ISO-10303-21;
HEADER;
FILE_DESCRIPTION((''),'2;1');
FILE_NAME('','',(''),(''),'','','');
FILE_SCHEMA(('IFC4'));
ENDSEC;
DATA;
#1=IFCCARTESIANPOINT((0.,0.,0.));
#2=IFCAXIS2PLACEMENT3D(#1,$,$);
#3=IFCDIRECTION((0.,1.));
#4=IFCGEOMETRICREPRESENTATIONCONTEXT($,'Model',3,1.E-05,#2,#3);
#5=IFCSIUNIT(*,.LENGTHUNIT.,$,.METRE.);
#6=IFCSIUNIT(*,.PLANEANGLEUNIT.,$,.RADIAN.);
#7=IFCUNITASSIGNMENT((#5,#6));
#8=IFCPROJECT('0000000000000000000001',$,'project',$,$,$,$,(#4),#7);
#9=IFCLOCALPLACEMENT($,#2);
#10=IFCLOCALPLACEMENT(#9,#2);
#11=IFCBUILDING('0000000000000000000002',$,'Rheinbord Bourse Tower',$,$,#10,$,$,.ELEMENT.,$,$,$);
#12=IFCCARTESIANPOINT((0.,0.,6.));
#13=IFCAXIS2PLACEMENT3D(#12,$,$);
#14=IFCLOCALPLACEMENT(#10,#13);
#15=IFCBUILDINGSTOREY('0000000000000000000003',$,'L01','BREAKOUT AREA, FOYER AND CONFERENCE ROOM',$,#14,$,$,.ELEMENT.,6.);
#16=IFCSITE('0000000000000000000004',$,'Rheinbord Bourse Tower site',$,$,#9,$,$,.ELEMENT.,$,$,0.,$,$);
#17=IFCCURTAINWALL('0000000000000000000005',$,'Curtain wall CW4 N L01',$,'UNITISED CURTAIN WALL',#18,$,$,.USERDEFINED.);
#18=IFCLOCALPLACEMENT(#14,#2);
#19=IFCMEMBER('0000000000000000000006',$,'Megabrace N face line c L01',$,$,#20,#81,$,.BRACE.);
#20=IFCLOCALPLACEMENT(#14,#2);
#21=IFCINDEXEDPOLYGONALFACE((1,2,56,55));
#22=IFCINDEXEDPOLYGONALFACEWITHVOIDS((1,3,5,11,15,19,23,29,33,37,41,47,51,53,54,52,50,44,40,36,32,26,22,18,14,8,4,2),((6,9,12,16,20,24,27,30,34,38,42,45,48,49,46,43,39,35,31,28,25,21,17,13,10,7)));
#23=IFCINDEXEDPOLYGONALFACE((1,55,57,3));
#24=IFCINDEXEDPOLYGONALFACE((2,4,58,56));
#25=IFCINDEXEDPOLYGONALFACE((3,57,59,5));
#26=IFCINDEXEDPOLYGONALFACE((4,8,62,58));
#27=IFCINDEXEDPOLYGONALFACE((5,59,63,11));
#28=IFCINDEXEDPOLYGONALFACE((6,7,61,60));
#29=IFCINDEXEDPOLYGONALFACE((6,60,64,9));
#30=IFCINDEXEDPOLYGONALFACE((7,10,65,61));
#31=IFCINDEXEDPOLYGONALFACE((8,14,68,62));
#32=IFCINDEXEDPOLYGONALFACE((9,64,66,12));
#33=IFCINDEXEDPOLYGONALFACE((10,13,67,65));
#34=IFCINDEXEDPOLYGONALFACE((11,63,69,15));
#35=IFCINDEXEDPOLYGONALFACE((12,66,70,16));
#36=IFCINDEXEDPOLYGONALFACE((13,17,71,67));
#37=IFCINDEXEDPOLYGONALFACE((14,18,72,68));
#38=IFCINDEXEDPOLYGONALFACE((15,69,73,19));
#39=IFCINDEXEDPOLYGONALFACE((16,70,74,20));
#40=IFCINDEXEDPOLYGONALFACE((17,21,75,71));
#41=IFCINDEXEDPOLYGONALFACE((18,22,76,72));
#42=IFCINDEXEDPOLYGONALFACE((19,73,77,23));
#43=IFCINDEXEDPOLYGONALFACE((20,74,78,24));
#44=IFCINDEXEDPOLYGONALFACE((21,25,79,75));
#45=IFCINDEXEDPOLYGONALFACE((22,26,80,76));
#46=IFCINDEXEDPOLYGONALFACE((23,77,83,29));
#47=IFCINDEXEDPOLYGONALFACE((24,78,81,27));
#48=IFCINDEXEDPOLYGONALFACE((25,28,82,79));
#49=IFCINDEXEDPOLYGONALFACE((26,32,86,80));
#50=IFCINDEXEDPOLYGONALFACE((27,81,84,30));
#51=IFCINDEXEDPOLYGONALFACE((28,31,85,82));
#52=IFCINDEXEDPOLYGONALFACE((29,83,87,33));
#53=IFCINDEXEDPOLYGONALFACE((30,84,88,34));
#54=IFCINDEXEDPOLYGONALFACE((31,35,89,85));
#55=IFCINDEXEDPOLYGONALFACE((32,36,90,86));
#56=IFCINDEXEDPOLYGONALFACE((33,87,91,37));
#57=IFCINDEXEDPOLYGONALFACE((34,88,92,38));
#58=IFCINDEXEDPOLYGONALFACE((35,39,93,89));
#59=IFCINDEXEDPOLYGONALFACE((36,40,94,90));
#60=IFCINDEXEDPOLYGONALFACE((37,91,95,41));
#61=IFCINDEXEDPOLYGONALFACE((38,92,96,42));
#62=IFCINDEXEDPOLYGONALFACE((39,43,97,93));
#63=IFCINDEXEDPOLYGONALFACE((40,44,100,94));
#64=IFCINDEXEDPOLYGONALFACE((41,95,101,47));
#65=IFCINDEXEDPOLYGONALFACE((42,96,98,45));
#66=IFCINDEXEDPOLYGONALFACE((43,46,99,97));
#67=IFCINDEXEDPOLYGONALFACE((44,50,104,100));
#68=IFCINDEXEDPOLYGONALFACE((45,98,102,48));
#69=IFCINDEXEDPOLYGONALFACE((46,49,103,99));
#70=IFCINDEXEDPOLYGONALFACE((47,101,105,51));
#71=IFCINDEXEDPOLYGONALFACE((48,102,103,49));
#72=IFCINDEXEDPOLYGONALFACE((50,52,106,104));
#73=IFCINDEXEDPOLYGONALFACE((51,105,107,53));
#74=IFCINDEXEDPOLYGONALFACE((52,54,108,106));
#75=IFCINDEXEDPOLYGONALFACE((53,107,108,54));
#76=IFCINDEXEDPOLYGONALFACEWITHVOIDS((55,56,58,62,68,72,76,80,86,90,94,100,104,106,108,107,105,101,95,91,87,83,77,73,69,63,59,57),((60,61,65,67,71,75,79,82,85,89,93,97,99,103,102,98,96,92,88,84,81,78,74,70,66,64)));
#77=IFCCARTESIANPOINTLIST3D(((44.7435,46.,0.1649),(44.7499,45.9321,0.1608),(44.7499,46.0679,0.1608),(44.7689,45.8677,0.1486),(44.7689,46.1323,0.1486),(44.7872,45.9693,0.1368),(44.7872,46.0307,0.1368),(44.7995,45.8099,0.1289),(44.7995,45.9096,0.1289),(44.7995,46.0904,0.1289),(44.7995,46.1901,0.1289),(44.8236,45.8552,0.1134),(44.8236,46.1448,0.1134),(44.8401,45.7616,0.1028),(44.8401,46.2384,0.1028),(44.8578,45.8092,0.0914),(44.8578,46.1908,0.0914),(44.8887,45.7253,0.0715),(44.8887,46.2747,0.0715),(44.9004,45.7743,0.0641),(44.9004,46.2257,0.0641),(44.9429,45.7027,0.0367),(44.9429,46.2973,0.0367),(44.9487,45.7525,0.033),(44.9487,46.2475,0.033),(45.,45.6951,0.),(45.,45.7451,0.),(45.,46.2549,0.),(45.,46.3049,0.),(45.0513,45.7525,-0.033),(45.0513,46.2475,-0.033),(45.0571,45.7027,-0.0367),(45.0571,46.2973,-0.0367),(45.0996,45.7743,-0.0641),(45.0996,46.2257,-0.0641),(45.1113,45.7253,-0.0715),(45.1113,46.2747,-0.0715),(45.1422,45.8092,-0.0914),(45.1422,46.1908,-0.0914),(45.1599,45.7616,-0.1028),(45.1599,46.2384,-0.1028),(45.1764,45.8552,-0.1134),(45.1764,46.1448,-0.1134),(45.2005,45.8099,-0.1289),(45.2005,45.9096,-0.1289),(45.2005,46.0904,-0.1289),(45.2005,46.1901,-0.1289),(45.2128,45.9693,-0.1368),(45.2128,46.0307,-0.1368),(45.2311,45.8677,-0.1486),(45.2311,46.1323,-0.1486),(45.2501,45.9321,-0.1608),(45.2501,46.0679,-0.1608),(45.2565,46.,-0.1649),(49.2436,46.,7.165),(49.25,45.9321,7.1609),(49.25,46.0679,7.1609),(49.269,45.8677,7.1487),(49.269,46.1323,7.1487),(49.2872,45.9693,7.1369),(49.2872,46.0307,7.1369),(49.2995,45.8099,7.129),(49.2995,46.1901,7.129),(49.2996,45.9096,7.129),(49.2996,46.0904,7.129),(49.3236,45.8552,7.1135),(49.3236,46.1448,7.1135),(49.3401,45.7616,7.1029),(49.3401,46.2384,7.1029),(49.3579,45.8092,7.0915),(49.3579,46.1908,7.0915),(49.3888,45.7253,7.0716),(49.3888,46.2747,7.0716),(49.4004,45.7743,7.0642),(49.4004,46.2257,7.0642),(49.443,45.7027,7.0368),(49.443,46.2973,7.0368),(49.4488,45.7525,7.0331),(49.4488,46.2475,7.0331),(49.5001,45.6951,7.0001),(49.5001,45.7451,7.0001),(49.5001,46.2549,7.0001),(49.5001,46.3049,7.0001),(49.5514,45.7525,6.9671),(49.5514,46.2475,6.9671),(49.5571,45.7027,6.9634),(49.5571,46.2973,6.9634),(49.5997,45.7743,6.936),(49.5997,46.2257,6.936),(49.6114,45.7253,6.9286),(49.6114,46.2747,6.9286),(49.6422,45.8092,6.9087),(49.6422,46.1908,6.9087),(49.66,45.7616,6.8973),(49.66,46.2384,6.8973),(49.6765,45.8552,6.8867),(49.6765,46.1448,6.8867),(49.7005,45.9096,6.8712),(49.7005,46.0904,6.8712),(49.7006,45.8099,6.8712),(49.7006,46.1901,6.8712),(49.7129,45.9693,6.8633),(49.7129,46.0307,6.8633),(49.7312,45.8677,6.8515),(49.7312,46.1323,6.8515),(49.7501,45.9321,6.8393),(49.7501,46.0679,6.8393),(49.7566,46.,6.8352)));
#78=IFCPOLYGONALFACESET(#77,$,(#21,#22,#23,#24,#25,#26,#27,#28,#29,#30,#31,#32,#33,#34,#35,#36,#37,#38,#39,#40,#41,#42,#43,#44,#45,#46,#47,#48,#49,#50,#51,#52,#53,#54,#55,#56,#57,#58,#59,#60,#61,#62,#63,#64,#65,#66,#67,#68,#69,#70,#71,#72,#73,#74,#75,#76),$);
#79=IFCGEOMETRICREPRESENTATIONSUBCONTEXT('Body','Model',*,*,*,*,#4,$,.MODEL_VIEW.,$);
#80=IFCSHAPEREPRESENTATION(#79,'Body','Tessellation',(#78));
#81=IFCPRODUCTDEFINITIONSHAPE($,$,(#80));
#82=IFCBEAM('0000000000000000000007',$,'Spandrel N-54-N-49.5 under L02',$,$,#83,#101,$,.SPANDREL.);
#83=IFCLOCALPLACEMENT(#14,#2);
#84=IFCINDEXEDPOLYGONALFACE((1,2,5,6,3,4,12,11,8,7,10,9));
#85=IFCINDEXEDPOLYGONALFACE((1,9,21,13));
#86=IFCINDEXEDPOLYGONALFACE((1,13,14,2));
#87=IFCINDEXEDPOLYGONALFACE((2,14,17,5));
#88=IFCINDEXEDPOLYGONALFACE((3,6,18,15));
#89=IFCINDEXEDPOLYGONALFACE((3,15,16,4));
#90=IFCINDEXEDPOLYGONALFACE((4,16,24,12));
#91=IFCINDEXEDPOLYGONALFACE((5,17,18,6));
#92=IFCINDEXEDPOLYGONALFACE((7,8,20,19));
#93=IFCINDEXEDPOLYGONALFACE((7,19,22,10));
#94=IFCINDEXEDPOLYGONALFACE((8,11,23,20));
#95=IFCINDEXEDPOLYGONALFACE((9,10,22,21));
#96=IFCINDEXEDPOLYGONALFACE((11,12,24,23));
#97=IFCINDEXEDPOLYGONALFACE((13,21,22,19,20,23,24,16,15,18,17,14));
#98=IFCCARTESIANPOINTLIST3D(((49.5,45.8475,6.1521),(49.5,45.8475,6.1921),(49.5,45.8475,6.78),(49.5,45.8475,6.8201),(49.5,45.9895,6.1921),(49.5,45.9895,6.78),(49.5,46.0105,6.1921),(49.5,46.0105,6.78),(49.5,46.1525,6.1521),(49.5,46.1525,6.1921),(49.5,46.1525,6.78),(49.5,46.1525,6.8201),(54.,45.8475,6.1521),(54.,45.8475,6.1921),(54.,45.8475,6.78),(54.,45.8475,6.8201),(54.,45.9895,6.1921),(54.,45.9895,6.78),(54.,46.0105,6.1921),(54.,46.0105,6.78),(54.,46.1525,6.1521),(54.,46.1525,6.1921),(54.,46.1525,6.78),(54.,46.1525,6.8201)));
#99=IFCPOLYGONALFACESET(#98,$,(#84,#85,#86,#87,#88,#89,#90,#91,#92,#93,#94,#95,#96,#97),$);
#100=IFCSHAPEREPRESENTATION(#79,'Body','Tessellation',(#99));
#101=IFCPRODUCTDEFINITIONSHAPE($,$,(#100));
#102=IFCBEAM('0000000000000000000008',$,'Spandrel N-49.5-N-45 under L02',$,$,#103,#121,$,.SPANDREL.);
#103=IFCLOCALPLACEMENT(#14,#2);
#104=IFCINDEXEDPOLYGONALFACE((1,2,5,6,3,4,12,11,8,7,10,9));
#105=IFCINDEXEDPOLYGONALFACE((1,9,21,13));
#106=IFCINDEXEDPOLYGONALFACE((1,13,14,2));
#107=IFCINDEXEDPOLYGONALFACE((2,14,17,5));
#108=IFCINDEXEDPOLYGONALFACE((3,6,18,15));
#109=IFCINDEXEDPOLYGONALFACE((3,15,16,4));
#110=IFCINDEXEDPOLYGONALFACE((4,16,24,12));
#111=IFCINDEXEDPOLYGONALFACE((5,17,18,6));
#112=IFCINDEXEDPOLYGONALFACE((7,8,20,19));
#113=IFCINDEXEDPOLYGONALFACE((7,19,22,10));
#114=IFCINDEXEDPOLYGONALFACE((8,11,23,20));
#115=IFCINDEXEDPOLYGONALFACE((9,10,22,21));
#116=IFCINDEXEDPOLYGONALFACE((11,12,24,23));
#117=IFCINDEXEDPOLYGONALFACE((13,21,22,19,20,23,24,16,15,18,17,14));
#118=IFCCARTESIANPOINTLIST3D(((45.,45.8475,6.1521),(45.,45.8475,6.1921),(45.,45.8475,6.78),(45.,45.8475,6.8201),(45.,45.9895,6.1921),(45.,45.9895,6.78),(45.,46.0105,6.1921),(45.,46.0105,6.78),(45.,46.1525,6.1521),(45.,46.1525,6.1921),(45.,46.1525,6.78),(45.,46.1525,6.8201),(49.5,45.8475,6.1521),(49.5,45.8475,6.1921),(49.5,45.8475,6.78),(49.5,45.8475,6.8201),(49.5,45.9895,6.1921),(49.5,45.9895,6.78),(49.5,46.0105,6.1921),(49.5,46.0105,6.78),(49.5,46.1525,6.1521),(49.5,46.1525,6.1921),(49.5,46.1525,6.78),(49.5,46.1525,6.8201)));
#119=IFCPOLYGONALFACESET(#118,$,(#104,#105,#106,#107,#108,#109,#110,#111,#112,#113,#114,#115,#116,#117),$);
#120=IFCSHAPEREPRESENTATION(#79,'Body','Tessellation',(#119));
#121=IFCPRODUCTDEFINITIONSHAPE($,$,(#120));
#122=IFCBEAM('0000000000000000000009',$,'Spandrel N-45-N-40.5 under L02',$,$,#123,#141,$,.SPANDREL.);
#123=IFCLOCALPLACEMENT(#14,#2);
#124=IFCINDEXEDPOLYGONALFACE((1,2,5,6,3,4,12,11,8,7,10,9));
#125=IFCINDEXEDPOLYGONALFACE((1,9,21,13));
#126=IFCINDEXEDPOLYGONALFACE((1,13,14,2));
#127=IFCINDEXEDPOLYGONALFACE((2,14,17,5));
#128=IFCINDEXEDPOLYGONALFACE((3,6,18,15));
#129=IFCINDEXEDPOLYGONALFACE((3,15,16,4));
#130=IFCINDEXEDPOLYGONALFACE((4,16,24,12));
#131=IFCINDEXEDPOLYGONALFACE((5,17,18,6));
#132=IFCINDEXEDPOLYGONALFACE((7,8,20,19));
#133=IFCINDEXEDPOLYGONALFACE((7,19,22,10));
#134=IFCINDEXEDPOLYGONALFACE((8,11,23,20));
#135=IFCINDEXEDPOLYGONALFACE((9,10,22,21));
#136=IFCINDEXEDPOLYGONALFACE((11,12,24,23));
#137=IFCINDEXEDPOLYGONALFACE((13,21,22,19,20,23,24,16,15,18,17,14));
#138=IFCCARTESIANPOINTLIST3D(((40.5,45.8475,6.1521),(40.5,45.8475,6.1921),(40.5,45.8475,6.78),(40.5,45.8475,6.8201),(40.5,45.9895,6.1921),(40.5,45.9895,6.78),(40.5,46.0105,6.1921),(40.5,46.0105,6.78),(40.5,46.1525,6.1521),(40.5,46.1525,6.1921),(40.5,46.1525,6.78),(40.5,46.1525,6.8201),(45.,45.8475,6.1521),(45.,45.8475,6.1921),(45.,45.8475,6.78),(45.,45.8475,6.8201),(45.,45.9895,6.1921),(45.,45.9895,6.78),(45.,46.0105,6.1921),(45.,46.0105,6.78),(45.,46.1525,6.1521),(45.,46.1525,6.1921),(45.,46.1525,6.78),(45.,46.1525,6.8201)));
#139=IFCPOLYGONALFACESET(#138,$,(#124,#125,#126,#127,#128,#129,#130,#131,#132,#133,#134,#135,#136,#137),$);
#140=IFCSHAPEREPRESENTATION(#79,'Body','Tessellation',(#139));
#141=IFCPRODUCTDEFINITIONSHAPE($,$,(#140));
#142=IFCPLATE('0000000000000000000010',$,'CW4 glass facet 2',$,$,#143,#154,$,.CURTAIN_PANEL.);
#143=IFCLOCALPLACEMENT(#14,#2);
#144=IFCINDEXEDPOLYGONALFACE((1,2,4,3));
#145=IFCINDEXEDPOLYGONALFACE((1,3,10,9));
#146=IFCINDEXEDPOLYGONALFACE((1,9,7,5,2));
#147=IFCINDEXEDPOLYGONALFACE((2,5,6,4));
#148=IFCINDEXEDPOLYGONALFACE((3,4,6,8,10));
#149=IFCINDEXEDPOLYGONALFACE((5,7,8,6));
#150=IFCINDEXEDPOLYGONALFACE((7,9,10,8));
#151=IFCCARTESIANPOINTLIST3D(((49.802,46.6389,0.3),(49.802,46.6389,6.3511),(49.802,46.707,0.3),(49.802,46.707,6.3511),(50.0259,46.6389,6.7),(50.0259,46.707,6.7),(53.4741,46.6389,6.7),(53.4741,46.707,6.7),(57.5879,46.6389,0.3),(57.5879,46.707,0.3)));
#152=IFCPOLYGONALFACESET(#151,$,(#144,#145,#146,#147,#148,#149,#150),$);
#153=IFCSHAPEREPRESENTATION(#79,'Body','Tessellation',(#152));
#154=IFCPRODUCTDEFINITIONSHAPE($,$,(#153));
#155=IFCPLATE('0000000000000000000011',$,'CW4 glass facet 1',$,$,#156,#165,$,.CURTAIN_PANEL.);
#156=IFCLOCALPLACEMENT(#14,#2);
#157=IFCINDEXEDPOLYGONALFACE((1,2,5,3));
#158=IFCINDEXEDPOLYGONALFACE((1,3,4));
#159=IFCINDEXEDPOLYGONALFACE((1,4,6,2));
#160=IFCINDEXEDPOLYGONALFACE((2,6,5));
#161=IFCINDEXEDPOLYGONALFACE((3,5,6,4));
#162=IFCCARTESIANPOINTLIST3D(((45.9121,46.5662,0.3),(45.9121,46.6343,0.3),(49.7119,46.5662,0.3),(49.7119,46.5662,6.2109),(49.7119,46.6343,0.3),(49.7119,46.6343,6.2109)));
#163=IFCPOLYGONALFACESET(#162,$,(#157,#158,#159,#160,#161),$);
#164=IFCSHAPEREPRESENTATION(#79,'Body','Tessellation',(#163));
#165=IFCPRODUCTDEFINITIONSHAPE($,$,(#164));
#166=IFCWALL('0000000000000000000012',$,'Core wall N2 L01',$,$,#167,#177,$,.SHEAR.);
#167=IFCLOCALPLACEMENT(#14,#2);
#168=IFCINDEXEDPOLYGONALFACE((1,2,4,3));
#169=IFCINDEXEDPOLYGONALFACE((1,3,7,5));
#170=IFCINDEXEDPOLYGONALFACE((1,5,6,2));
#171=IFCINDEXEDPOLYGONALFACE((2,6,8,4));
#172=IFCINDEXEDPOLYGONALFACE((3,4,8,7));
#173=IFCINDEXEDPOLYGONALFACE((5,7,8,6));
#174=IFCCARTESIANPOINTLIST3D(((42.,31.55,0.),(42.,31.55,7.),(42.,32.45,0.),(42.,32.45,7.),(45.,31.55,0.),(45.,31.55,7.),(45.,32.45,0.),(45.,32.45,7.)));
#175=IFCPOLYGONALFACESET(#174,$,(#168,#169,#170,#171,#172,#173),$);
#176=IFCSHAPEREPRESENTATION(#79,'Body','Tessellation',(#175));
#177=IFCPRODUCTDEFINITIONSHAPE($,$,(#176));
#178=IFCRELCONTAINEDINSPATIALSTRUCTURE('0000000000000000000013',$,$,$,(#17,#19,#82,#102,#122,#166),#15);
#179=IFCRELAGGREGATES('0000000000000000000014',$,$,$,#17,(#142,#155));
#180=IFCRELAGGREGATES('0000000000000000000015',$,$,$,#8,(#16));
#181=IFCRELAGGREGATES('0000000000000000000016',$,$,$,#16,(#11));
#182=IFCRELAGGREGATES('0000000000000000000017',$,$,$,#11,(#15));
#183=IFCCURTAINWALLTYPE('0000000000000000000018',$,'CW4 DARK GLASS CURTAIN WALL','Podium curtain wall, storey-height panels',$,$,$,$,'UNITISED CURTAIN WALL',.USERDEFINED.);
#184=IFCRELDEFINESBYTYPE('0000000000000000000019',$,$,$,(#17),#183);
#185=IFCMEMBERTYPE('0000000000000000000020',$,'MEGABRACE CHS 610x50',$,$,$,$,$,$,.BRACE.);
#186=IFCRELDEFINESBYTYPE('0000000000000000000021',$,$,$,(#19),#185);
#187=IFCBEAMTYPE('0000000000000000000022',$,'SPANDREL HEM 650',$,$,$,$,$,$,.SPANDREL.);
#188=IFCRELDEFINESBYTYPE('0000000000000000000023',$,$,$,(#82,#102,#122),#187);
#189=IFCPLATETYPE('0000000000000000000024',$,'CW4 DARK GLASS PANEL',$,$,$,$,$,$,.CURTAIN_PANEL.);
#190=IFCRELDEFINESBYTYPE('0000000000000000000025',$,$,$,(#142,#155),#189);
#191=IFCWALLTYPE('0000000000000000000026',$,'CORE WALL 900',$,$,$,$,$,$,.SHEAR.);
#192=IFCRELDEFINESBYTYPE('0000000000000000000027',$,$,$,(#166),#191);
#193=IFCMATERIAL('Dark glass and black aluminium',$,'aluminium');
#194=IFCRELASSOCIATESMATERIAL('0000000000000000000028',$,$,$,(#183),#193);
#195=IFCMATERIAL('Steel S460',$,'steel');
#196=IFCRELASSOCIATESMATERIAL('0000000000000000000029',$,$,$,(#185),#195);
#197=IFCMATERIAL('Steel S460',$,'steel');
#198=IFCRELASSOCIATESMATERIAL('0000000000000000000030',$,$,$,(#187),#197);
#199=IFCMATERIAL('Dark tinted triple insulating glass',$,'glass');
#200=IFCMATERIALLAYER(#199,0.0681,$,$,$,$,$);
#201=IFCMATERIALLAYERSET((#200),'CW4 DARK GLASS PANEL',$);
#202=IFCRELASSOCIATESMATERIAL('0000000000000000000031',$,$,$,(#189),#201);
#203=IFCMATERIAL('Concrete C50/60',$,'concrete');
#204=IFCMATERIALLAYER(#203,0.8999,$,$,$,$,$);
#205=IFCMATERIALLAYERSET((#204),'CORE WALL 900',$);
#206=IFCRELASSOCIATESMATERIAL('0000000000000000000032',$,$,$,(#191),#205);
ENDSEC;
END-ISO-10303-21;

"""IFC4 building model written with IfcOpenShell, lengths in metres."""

from ifc_helpers import new_model, si_unit, direction, frame, frame_2d, origin, origin_2d, place, context, subcontext, project, spatial, polyline, rectangle, hollow_circle, i_section, outline, extrude, material, layer, layer_set, material_profile, profile_set, type_object, element, aggregate, save


model = new_model("IFC4")

# Units and contexts
model_context = context("Model", 3, precision=1e-05, world=origin(), true_north=direction((0.0, 1.0)))
body_context = subcontext(model_context, "Body", "Model", "MODEL_VIEW")
ifc_project = project(units=[si_unit("LENGTHUNIT", "METRE"), si_unit("PLANEANGLEUNIT", "RADIAN")], contexts=[model_context])

# Site, building, storey
site_placement = place(None, origin())
site = spatial("IfcSite", under=ifc_project, at=site_placement, Name="Rheinbord Bourse Tower site", CompositionType="ELEMENT", RefElevation=0.0)
building_placement = place(site_placement, origin())
building = spatial("IfcBuilding", under=site, at=building_placement, Name="Rheinbord Bourse Tower", CompositionType="ELEMENT")
storey_placement = place(building_placement, frame((0.0, 0.0, 6.0)))
storey = spatial("IfcBuildingStorey", under=building, at=storey_placement, Name="L01", Description="BREAKOUT AREA, FOYER AND CONFERENCE ROOM", CompositionType="ELEMENT", Elevation=6.0)

# Curtain wall
ifc_material_1 = material(Name="Dark glass and black aluminium", Category="aluminium")
curtain_wall_type = type_object("IfcCurtainWallType", Name="CW4 DARK GLASS CURTAIN WALL", Description="Podium curtain wall, storey-height panels", ElementType="UNITISED CURTAIN WALL", PredefinedType="USERDEFINED", material=ifc_material_1)
curtain_wall_placement = place(storey_placement, origin())
curtain_wall = element("IfcCurtainWall", 1, at=curtain_wall_placement, inside=storey, type_object=curtain_wall_type, Name="Curtain wall CW4 N L01", ObjectType="UNITISED CURTAIN WALL", PredefinedType="USERDEFINED")

# Member
ifc_material_2 = material(Name="Steel S460", Category="steel")
ifc_material_profile_1 = material_profile(ifc_material_2, hollow_circle(Radius=0.3049, WallThickness=0.05, at=origin_2d()), Name="CHS 610x50")
ifc_profile_set_1 = profile_set([ifc_material_profile_1], Name="Steel S460")
member_type_1 = type_object("IfcMemberType", Name="MEGABRACE CHS 610x50", PredefinedType="BRACE", material=ifc_profile_set_1)
member_1_placement = place(storey_placement, frame((45.0, 46.0, 0.0), z_axis=(0.540758, 0.0, 0.841178), x_axis=(0.0, 1.0, 0.0)))
element("IfcMember", 2, at=member_1_placement, inside=storey, type_object=member_type_1, Name="Megabrace N face line c L01", PredefinedType="BRACE", context=body_context, shape_type="SweptSolid", body=[
    extrude(hollow_circle(Radius=0.3049, WallThickness=0.05, at=origin_2d()), origin(), (0.0, 0.0, 1.0), 8.3218),
])

# Beams
ifc_material_3 = material(Name="Steel S460", Category="steel")
ifc_material_profile_2 = material_profile(ifc_material_3, i_section(OverallWidth=0.3049, OverallDepth=0.668, WebThickness=0.021, FlangeThickness=0.04, at=origin_2d()), Name="HEM 650")
ifc_profile_set_2 = profile_set([ifc_material_profile_2], Name="Steel S460")
beam_type_1 = type_object("IfcBeamType", Name="SPANDREL HEM 650", PredefinedType="SPANDREL", material=ifc_profile_set_2)
for number, where, z_axis, x_axis, name in (
    (3, (54.0, 46.0, 6.4861), (-1.0, 0.0, 0.0), (0.0, -1.0, 0.0), "Spandrel N-54-N-49.5 under L02"),
    (4, (49.5, 46.0, 6.4861), (-1.0, 0.0, 0.0), (0.0, -1.0, 0.0), "Spandrel N-49.5-N-45 under L02"),
    (5, (45.0, 46.0, 6.4861), (-1.0, 0.0, 0.0), (0.0, -1.0, 0.0), "Spandrel N-45-N-40.5 under L02"),
):
    element("IfcBeam", number, at=place(storey_placement, frame(where, z_axis=z_axis, x_axis=x_axis)), inside=storey, type_object=beam_type_1, Name=name, PredefinedType="SPANDREL", context=body_context, shape_type="SweptSolid", body=[
        extrude(i_section(OverallWidth=0.3049, OverallDepth=0.668, WebThickness=0.021, FlangeThickness=0.04, at=origin_2d()), origin(), (0.0, 0.0, 1.0), 4.5),
    ])

# Plates
ifc_material_4 = material(Name="Dark tinted triple insulating glass", Category="glass")
ifc_layer_1 = layer(ifc_material_4, 0.0681)
ifc_layer_set_1 = layer_set([ifc_layer_1], Name="CW4 DARK GLASS PANEL")
plate_type = type_object("IfcPlateType", Name="CW4 DARK GLASS PANEL", PredefinedType="CURTAIN_PANEL", material=ifc_layer_set_1)
plate_1_placement = place(storey_placement, frame((49.802, 46.707, 0.3), z_axis=(0.0, -1.0, 0.0), x_axis=(1.0, 0.0, 0.0)))
plate_1 = element("IfcPlate", 6, at=plate_1_placement, type_object=plate_type, Name="CW4 glass facet 2", PredefinedType="CURTAIN_PANEL", context=body_context, shape_type="SweptSolid", body=[
    extrude(outline(polyline([(0.0, 0.0), (7.7859, 0.0), (3.6721, 6.3999), (0.2239, 6.3999), (0.0, 6.051), (0.0, 0.0)])), origin(), (0.0, 0.0, 1.0), 0.0681),
])
plate_2_placement = place(storey_placement, frame((49.7119, 46.6343, 0.3), z_axis=(0.0, -1.0, 0.0), x_axis=(0.0, 0.0, 1.0)))
plate_2 = element("IfcPlate", 7, at=plate_2_placement, type_object=plate_type, Name="CW4 glass facet 1", PredefinedType="CURTAIN_PANEL", context=body_context, shape_type="SweptSolid", body=[
    extrude(outline(polyline([(0.0, 0.0), (5.9109, 0.0), (0.0, 3.7998), (0.0, 0.0)])), origin(), (0.0, 0.0, 1.0), 0.0681),
])
aggregate(curtain_wall, [plate_1, plate_2])

# Wall
ifc_material_5 = material(Name="Concrete C50/60", Category="concrete")
ifc_layer_2 = layer(ifc_material_5, 0.8999)
ifc_layer_set_2 = layer_set([ifc_layer_2], Name="CORE WALL 900")
wall_type_1 = type_object("IfcWallType", Name="CORE WALL 900", PredefinedType="SHEAR", material=ifc_layer_set_2)
wall_1_placement = place(storey_placement, frame((45.0, 32.0, 0.0), z_axis=(0.0, 0.0, 1.0), x_axis=(-1.0, 0.0, 0.0)))
element("IfcWall", 8, at=wall_1_placement, inside=storey, type_object=wall_type_1, Name="Core wall N2 L01", PredefinedType="SHEAR", context=body_context, shape_type="SweptSolid", body=[
    extrude(rectangle(XDim=3.0, YDim=0.8999, at=frame_2d((1.5, 0.0))), origin(), (0.0, 0.0, 1.0), 7.0),
])

save(model, "model.ifc")
